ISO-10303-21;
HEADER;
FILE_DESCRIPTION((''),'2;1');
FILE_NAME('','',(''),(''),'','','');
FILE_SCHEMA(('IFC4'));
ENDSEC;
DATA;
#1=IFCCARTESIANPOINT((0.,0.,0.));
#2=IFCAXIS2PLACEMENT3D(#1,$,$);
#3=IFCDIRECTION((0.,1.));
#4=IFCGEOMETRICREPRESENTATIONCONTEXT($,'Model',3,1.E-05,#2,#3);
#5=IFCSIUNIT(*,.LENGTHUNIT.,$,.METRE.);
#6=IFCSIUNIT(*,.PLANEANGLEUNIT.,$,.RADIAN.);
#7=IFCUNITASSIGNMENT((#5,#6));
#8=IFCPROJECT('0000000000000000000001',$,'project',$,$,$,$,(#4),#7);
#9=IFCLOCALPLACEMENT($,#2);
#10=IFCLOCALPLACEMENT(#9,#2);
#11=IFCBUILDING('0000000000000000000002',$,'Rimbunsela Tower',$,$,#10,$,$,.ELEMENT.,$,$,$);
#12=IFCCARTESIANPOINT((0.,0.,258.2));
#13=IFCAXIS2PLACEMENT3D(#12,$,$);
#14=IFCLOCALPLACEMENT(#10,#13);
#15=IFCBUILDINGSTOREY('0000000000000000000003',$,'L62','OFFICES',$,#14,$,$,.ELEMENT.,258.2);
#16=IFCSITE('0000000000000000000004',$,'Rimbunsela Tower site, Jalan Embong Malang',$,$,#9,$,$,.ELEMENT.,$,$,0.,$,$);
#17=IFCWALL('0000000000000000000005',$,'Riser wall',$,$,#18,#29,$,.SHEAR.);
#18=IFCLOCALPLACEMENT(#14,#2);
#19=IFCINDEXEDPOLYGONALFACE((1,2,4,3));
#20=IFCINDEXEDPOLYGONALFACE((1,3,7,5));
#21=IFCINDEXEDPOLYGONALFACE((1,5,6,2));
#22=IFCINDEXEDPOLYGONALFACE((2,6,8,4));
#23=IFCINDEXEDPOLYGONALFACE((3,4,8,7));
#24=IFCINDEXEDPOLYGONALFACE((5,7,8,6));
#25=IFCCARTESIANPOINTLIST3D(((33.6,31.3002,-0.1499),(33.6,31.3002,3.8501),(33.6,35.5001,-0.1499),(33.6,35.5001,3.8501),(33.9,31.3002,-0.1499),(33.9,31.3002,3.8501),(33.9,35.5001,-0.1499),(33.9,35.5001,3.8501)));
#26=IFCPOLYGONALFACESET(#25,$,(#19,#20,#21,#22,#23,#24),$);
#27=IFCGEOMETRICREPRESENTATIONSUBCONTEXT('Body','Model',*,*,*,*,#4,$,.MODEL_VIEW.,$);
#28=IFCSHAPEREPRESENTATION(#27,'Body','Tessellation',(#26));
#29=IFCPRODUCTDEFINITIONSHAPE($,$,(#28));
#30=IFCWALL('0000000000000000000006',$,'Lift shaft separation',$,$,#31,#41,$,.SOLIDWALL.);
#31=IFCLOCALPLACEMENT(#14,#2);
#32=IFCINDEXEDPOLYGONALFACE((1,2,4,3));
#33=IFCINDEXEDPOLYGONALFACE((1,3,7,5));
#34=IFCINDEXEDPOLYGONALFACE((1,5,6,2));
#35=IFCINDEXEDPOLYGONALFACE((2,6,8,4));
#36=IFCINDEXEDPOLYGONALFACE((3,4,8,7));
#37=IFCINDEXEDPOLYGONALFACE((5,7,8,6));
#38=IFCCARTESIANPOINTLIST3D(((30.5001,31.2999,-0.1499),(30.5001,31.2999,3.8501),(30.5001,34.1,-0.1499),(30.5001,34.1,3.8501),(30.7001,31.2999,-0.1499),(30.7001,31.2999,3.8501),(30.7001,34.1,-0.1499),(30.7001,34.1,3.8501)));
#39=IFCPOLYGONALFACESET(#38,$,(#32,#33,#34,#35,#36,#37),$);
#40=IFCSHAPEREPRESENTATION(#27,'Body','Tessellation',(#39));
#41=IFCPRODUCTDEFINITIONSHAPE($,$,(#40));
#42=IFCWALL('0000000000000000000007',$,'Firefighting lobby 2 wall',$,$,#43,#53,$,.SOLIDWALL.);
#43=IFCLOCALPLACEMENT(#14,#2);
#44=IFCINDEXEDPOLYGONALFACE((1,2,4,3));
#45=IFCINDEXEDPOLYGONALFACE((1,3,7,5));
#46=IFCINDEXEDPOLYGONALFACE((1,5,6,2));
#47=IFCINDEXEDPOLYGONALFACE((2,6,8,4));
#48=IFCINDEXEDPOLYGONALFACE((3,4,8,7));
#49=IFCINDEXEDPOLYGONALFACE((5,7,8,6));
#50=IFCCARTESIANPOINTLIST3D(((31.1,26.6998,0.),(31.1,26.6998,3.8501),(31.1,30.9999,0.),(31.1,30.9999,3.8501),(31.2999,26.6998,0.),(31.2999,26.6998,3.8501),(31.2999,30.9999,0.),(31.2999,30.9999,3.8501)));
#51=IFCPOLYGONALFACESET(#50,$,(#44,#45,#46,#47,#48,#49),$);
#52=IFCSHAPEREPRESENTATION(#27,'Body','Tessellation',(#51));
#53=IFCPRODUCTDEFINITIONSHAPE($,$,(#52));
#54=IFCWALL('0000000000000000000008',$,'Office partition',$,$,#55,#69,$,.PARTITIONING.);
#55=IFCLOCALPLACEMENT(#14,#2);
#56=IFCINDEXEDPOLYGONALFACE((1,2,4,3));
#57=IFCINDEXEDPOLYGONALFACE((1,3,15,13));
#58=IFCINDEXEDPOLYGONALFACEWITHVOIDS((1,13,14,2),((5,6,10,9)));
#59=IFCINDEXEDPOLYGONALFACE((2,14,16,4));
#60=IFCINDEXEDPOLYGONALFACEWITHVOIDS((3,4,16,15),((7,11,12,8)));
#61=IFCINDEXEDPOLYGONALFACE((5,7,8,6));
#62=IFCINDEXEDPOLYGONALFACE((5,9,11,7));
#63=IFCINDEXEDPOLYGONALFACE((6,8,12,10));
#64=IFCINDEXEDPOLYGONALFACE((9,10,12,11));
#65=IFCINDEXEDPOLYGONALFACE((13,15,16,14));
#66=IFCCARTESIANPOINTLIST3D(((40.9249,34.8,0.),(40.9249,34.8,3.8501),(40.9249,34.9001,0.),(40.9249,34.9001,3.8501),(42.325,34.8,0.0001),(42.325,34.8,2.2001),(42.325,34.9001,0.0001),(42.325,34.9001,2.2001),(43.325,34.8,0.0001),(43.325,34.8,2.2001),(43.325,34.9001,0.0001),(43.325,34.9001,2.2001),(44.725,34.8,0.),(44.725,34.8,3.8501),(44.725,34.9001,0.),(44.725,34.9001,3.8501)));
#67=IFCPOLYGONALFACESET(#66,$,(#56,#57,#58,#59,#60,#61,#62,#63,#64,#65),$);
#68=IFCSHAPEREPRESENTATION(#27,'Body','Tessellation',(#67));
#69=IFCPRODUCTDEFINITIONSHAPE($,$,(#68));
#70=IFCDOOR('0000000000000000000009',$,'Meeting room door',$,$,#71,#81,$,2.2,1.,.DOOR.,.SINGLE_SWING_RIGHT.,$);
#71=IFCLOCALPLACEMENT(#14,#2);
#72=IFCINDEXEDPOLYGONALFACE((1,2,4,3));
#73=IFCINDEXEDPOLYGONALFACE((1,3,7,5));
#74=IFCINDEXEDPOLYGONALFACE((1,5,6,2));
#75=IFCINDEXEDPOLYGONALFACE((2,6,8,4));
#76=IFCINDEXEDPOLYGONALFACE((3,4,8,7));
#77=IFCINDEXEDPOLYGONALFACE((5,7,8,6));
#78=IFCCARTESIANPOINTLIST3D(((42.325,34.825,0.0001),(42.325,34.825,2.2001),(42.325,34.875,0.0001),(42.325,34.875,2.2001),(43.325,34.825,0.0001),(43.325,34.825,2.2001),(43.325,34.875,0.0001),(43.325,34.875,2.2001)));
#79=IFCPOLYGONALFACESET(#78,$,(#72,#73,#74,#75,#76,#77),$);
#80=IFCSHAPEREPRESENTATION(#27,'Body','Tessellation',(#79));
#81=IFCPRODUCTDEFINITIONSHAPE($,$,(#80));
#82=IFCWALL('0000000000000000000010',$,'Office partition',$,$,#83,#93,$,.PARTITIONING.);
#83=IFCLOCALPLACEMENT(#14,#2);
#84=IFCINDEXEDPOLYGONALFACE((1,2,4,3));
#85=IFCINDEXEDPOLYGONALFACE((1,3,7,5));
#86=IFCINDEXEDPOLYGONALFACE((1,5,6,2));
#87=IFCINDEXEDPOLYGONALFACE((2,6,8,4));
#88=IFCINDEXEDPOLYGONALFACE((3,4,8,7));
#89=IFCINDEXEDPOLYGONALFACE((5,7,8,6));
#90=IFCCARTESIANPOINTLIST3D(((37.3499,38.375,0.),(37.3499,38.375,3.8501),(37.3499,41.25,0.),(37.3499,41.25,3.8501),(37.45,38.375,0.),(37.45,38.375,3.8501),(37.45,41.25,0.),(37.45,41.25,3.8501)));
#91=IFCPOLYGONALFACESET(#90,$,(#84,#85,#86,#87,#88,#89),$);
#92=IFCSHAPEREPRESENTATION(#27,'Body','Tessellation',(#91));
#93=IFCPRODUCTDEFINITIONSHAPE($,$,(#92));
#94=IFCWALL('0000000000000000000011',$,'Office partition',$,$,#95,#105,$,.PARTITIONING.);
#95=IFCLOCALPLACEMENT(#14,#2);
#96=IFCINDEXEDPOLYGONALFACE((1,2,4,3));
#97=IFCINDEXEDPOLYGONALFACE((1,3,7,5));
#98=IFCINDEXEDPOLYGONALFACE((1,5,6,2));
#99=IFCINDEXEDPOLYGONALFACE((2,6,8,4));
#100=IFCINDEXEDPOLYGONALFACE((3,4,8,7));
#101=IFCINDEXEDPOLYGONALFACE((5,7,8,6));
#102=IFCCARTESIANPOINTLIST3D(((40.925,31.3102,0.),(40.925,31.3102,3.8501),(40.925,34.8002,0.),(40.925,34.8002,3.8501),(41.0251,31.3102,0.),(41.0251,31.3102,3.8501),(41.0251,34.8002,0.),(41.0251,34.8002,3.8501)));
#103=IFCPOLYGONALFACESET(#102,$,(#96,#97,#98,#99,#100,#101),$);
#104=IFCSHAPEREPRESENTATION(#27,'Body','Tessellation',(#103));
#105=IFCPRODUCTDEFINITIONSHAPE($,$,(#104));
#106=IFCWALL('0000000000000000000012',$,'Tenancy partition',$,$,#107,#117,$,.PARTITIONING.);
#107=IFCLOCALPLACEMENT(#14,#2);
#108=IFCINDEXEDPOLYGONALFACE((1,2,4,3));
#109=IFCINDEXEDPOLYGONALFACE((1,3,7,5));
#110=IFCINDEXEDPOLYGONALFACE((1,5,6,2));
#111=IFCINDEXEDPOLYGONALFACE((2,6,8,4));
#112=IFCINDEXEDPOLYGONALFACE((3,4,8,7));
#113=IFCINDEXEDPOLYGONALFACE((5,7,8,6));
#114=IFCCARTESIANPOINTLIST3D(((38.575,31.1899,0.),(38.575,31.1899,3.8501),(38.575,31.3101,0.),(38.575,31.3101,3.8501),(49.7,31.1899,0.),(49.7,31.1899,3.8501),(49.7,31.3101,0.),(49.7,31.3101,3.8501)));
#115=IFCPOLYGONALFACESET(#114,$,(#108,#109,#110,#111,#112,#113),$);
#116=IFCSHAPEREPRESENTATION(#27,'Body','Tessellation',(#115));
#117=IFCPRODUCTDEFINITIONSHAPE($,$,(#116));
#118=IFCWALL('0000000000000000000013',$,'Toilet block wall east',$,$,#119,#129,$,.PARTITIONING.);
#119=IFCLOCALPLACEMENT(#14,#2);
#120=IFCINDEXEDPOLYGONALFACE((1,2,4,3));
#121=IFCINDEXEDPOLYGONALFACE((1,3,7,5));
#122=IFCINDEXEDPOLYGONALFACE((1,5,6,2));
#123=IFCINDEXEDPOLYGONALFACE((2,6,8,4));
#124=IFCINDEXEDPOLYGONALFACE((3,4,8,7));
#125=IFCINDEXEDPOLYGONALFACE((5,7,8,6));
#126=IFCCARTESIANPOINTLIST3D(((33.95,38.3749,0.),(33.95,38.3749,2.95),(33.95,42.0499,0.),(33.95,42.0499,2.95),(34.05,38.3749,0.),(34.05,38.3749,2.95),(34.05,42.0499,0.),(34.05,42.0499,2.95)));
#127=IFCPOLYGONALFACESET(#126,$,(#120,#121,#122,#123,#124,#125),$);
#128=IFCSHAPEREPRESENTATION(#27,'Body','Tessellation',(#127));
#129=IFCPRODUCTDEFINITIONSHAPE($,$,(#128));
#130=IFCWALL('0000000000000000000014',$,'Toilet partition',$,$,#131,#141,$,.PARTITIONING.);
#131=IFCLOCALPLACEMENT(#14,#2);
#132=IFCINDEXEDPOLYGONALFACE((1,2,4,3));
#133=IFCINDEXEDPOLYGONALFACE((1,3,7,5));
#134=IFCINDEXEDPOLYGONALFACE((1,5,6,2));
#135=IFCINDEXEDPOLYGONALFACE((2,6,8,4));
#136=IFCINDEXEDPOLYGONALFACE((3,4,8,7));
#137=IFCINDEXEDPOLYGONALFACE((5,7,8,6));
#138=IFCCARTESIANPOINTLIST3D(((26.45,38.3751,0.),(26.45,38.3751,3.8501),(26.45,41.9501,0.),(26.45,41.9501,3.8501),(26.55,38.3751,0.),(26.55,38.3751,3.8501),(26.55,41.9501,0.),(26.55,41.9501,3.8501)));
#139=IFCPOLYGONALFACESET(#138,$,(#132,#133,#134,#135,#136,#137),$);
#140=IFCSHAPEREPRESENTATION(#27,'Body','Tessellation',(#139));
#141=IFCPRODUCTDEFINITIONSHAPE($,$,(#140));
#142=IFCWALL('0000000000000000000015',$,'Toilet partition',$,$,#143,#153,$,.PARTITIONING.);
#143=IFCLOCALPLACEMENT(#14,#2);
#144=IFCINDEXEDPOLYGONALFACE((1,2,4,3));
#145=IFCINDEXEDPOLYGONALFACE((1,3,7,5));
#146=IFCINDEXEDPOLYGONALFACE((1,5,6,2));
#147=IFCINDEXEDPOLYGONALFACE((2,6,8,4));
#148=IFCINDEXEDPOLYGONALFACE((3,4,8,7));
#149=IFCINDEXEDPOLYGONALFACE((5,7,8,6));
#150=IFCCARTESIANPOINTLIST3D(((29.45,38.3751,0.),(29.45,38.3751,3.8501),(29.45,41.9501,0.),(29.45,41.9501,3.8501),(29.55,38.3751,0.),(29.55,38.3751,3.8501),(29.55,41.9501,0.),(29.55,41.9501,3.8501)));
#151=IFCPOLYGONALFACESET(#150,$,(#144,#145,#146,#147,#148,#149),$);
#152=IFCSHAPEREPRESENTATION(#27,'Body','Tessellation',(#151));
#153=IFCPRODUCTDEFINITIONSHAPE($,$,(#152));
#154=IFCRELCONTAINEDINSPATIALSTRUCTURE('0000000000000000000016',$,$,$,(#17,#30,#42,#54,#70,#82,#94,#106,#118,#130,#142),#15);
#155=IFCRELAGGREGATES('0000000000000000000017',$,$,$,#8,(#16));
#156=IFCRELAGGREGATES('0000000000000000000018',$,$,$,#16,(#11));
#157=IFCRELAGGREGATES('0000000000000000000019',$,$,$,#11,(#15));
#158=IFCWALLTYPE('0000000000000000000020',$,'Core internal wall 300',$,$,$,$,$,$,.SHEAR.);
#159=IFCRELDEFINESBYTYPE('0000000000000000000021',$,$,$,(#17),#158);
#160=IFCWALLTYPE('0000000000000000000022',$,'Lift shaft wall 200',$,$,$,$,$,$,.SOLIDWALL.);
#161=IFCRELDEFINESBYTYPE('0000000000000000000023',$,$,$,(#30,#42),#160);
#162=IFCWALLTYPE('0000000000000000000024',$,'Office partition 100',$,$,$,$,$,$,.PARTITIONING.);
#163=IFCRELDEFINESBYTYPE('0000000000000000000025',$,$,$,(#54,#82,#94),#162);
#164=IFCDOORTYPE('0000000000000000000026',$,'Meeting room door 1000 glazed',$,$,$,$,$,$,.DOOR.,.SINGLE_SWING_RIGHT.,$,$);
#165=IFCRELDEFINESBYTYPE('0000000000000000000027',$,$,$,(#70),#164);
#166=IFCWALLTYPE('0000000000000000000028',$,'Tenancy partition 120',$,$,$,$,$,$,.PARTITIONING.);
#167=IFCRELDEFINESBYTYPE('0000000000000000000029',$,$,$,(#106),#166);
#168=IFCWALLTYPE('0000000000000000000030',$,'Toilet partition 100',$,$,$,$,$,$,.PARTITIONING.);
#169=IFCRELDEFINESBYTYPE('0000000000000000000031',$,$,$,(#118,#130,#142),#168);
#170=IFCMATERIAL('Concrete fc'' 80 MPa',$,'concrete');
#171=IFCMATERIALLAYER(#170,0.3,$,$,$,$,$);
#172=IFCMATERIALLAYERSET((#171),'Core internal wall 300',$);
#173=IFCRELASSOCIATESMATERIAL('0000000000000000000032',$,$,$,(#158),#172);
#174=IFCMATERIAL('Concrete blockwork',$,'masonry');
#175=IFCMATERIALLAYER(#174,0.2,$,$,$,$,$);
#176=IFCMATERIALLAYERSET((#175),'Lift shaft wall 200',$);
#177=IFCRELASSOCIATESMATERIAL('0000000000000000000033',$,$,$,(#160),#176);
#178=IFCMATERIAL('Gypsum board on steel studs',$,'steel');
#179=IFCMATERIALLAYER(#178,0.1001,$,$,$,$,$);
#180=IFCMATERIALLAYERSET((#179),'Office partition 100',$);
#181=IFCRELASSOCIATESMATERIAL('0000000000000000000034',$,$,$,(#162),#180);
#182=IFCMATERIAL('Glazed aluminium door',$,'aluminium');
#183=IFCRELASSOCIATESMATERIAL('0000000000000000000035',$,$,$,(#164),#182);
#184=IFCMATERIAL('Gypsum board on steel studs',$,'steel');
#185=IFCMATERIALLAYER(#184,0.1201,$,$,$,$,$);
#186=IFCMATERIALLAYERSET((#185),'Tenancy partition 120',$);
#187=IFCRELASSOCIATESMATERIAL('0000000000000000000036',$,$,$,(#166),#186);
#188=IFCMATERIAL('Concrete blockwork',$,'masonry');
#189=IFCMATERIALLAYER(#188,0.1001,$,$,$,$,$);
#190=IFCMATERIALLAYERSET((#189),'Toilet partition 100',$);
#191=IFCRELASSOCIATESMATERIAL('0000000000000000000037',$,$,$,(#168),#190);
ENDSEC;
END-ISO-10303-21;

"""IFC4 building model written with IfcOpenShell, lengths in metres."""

from ifc_helpers import new_model, si_unit, direction, frame, frame_2d, origin, place, context, subcontext, project, spatial, rectangle, extrude, material, layer, layer_set, type_object, element, fill, save


model = new_model("IFC4")

# Units and contexts
model_context = context("Model", 3, precision=1e-05, world=origin(), true_north=direction((0.0, 1.0)))
body_context = subcontext(model_context, "Body", "Model", "MODEL_VIEW")
ifc_project = project(units=[si_unit("LENGTHUNIT", "METRE"), si_unit("PLANEANGLEUNIT", "RADIAN")], contexts=[model_context])

# Site, building, storey
site_placement = place(None, origin())
site = spatial("IfcSite", under=ifc_project, at=site_placement, Name="Rimbunsela Tower site, Jalan Embong Malang", CompositionType="ELEMENT", RefElevation=0.0)
building_placement = place(site_placement, origin())
building = spatial("IfcBuilding", under=site, at=building_placement, Name="Rimbunsela Tower", CompositionType="ELEMENT")
storey_placement = place(building_placement, frame((0.0, 0.0, 258.2)))
storey = spatial("IfcBuildingStorey", under=building, at=storey_placement, Name="L62", Description="OFFICES", CompositionType="ELEMENT", Elevation=258.2)

# Walls
ifc_material_1 = material(Name="Concrete fc' 80 MPa", Category="concrete")
ifc_layer_1 = layer(ifc_material_1, 0.3)
ifc_layer_set_1 = layer_set([ifc_layer_1], Name="Core internal wall 300")
wall_type_1 = type_object("IfcWallType", Name="Core internal wall 300", PredefinedType="SHEAR", material=ifc_layer_set_1)
wall_1_placement = place(storey_placement, frame((33.75, 31.3, -0.1499), z_axis=(0.0, 0.0, 1.0), x_axis=(0.0, 1.0, 0.0)))
element("IfcWall", 1, at=wall_1_placement, inside=storey, type_object=wall_type_1, Name="Riser wall", PredefinedType="SHEAR", context=body_context, shape_type="SweptSolid", body=[
    extrude(rectangle(XDim=4.2, YDim=0.3, at=frame_2d((2.1001, 0.0))), origin(), (0.0, 0.0, 1.0), 4.0),
])
ifc_material_2 = material(Name="Concrete blockwork", Category="masonry")
ifc_layer_2 = layer(ifc_material_2, 0.2)
ifc_layer_set_2 = layer_set([ifc_layer_2], Name="Lift shaft wall 200")
wall_type_2 = type_object("IfcWallType", Name="Lift shaft wall 200", PredefinedType="SOLIDWALL", material=ifc_layer_set_2)
wall_2_placement = place(storey_placement, frame((30.6001, 31.3, -0.1499), z_axis=(0.0, 0.0, 1.0), x_axis=(0.0, 1.0, 0.0)))
element("IfcWall", 2, at=wall_2_placement, inside=storey, type_object=wall_type_2, Name="Lift shaft separation", PredefinedType="SOLIDWALL", context=body_context, shape_type="SweptSolid", body=[
    extrude(rectangle(XDim=2.8, YDim=0.2, at=frame_2d((1.3999, 0.0))), origin(), (0.0, 0.0, 1.0), 4.0),
])
wall_3_placement = place(storey_placement, frame((31.2, 26.7, 0.0), z_axis=(0.0, 0.0, 1.0), x_axis=(0.0, 1.0, 0.0)))
element("IfcWall", 3, at=wall_3_placement, inside=storey, type_object=wall_type_2, Name="Firefighting lobby 2 wall", PredefinedType="SOLIDWALL", context=body_context, shape_type="SweptSolid", body=[
    extrude(rectangle(XDim=4.3, YDim=0.2, at=frame_2d((2.1499, 0.0))), origin(), (0.0, 0.0, 1.0), 3.8501),
])

# Wall, opening, door
ifc_material_3 = material(Name="Gypsum board on steel studs", Category="steel")
ifc_layer_3 = layer(ifc_material_3, 0.1001)
ifc_layer_set_3 = layer_set([ifc_layer_3], Name="Office partition 100")
wall_type_3 = type_object("IfcWallType", Name="Office partition 100", PredefinedType="PARTITIONING", material=ifc_layer_set_3)
wall_4_placement = place(storey_placement, frame((40.925, 34.8501, 0.0), z_axis=(0.0, 0.0, 1.0), x_axis=(1.0, 0.0, 0.0)))
wall_4 = element("IfcWall", 4, at=wall_4_placement, inside=storey, type_object=wall_type_3, Name="Office partition", PredefinedType="PARTITIONING", context=body_context, shape_type="SweptSolid", body=[
    extrude(rectangle(XDim=3.8, YDim=0.1001, at=frame_2d((1.8999, 0.0))), origin(), (0.0, 0.0, 1.0), 3.8501),
])
opening_placement = place(wall_4_placement, frame((1.3999, 0.0, 0.0)))
opening = element("IfcOpeningElement", 5, at=opening_placement, cuts=wall_4, PredefinedType="OPENING", context=body_context, shape_type="SweptSolid", body=[
    extrude(rectangle(XDim=1.0, YDim=2.2, at=frame_2d((0.5, 1.1001))), frame((0.0, 0.0601, 0.0), z_axis=(0.0, -1.0, 0.0), x_axis=(1.0, 0.0, 0.0)), (0.0, 0.0, 1.0), 0.1201),
])
ifc_material_4 = material(Name="Glazed aluminium door", Category="aluminium")
door_type = type_object("IfcDoorType", Name="Meeting room door 1000 glazed", OperationType="SINGLE_SWING_RIGHT", PredefinedType="DOOR", material=ifc_material_4)
door_placement = place(opening_placement, origin())
door = element("IfcDoor", 6, at=door_placement, inside=storey, type_object=door_type, Name="Meeting room door", OperationType="SINGLE_SWING_RIGHT", OverallHeight=2.2, OverallWidth=1.0, PredefinedType="DOOR", context=body_context, shape_type="SweptSolid", body=[
    extrude(rectangle(XDim=1.0, YDim=2.2, at=frame_2d((0.5, 1.1001))), frame((0.0, 0.0249, 0.0), z_axis=(0.0, -1.0, 0.0), x_axis=(1.0, 0.0, 0.0)), (0.0, 0.0, 1.0), 0.05),
])
fill(opening, door)

# Walls
wall_5_placement = place(storey_placement, frame((37.3999, 38.375, 0.0), z_axis=(0.0, 0.0, 1.0), x_axis=(0.0, 1.0, 0.0)))
element("IfcWall", 7, at=wall_5_placement, inside=storey, type_object=wall_type_3, Name="Office partition", PredefinedType="PARTITIONING", context=body_context, shape_type="SweptSolid", body=[
    extrude(rectangle(XDim=2.875, YDim=0.1001, at=frame_2d((1.4375, 0.0))), origin(), (0.0, 0.0, 1.0), 3.8501),
])
wall_6_placement = place(storey_placement, frame((40.9751, 31.3101, 0.0), z_axis=(0.0, 0.0, 1.0), x_axis=(0.0, 1.0, 0.0)))
element("IfcWall", 8, at=wall_6_placement, inside=storey, type_object=wall_type_3, Name="Office partition", PredefinedType="PARTITIONING", context=body_context, shape_type="SweptSolid", body=[
    extrude(rectangle(XDim=3.49, YDim=0.1001, at=frame_2d((1.7451, 0.0))), origin(), (0.0, 0.0, 1.0), 3.8501),
])
ifc_material_5 = material(Name="Gypsum board on steel studs", Category="steel")
ifc_layer_4 = layer(ifc_material_5, 0.1201)
ifc_layer_set_4 = layer_set([ifc_layer_4], Name="Tenancy partition 120")
wall_type_4 = type_object("IfcWallType", Name="Tenancy partition 120", PredefinedType="PARTITIONING", material=ifc_layer_set_4)
wall_7_placement = place(storey_placement, frame((38.575, 31.25, 0.0), z_axis=(0.0, 0.0, 1.0), x_axis=(1.0, 0.0, 0.0)))
element("IfcWall", 9, at=wall_7_placement, inside=storey, type_object=wall_type_4, Name="Tenancy partition", PredefinedType="PARTITIONING", context=body_context, shape_type="SweptSolid", body=[
    extrude(rectangle(XDim=11.125, YDim=0.1201, at=frame_2d((5.5625, 0.0))), origin(), (0.0, 0.0, 1.0), 3.8501),
])
ifc_material_6 = material(Name="Concrete blockwork", Category="masonry")
ifc_layer_5 = layer(ifc_material_6, 0.1001)
ifc_layer_set_5 = layer_set([ifc_layer_5], Name="Toilet partition 100")
wall_type_5 = type_object("IfcWallType", Name="Toilet partition 100", PredefinedType="PARTITIONING", material=ifc_layer_set_5)
wall_8_placement = place(storey_placement, frame((34.0, 38.375, 0.0), z_axis=(0.0, 0.0, 1.0), x_axis=(0.0, 1.0, 0.0)))
element("IfcWall", 10, at=wall_8_placement, inside=storey, type_object=wall_type_5, Name="Toilet block wall east", PredefinedType="PARTITIONING", context=body_context, shape_type="SweptSolid", body=[
    extrude(rectangle(XDim=3.675, YDim=0.1001, at=frame_2d((1.8374, 0.0))), origin(), (0.0, 0.0, 1.0), 2.95),
])
for number, where, z_axis, x_axis, name in (
    (11, (26.5, 38.375, 0.0), (0.0, 0.0, 1.0), (0.0, 1.0, 0.0), "Toilet partition"),
    (12, (29.5, 38.375, 0.0), (0.0, 0.0, 1.0), (0.0, 1.0, 0.0), "Toilet partition"),
):
    element("IfcWall", number, at=place(storey_placement, frame(where, z_axis=z_axis, x_axis=x_axis)), inside=storey, type_object=wall_type_5, Name=name, PredefinedType="PARTITIONING", context=body_context, shape_type="SweptSolid", body=[
        extrude(rectangle(XDim=3.575, YDim=0.1001, at=frame_2d((1.7876, 0.0))), origin(), (0.0, 0.0, 1.0), 3.8501),
    ])

save(model, "model.ifc")
